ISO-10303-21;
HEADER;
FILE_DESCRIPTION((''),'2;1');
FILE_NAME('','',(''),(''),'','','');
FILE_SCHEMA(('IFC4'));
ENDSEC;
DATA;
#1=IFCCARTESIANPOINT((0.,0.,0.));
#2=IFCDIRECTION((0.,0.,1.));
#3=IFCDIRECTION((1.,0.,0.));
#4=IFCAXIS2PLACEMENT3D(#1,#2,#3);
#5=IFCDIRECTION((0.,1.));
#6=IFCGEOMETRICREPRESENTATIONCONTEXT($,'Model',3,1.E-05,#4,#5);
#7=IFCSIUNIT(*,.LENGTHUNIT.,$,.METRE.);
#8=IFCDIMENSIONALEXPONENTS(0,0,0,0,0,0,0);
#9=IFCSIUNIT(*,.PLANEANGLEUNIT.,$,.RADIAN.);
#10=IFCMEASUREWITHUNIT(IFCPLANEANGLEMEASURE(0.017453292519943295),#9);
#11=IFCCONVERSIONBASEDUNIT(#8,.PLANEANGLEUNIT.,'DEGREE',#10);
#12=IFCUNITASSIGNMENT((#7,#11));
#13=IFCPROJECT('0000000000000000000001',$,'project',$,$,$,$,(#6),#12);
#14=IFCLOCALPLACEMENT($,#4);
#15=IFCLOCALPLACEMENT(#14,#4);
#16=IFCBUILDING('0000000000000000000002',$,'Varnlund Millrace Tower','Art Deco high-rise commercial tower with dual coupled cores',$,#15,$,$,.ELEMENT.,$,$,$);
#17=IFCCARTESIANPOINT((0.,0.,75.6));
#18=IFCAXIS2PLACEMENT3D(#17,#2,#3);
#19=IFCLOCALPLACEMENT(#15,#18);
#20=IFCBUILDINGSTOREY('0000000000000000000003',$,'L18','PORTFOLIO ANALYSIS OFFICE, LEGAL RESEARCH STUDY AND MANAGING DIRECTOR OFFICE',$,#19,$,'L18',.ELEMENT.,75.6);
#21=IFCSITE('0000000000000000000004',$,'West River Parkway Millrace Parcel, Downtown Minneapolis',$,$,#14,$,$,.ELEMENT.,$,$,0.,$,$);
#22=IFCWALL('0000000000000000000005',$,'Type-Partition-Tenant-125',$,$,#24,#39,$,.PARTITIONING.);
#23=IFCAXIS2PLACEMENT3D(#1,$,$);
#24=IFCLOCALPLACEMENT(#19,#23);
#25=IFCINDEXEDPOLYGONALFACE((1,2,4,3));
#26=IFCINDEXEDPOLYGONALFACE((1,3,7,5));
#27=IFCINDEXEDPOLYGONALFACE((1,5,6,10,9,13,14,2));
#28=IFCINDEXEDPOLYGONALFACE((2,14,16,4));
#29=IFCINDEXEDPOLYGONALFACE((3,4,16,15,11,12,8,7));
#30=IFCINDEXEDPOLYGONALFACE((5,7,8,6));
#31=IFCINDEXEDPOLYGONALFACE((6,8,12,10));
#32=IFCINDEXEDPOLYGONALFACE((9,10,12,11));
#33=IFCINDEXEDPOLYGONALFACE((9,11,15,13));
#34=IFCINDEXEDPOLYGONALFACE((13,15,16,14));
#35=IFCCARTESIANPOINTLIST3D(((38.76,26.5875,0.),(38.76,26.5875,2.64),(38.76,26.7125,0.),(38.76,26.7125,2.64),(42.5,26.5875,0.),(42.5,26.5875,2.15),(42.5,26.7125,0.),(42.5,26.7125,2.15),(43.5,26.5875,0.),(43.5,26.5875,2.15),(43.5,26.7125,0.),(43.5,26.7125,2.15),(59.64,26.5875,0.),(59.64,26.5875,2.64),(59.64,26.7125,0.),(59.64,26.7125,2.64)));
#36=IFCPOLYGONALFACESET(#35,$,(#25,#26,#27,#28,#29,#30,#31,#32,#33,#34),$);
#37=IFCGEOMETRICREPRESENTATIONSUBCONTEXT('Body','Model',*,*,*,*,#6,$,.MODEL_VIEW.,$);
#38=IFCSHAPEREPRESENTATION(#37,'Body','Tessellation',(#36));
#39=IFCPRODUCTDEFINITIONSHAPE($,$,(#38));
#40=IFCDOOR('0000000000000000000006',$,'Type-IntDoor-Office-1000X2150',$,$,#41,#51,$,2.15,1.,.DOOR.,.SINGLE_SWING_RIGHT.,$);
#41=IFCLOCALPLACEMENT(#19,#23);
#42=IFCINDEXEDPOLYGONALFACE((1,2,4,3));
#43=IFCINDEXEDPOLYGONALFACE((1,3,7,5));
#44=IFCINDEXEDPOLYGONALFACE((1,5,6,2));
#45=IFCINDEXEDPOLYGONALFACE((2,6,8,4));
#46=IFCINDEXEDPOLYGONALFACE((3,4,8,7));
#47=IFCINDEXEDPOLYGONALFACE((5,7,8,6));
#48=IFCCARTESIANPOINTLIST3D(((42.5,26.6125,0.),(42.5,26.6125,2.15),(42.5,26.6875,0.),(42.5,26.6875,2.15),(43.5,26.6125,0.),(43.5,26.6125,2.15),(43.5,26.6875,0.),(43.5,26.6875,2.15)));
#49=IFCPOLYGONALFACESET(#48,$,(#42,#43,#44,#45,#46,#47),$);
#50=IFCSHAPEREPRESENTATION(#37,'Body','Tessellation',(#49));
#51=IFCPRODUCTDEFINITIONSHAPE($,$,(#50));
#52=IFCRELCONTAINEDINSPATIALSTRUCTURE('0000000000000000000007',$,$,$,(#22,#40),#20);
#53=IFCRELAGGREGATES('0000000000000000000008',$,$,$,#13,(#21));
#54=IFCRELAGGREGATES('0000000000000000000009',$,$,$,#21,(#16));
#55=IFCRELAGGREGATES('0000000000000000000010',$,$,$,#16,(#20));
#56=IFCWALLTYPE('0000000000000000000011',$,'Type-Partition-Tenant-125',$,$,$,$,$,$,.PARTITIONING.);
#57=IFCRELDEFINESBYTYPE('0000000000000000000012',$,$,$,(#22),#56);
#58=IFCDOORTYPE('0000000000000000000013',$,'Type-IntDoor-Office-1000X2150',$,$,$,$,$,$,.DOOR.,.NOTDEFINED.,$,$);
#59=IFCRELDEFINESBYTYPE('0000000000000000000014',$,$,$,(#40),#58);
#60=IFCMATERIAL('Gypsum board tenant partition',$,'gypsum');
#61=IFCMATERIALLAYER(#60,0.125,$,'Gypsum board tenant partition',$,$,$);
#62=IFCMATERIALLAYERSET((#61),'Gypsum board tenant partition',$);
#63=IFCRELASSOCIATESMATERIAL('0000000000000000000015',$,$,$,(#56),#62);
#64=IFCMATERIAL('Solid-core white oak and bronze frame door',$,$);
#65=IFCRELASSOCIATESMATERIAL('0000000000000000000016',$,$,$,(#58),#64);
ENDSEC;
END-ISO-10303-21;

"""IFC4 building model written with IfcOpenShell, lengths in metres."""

from ifc_helpers import new_model, entity, si_unit, converted_unit, direction, frame, origin_with_axes, origin_2d_with_axis, place, context, subcontext, project, spatial, polyline, rectangle, outline, extrude, material, layer, layer_set, type_object, element, fill, save


model = new_model("IFC4")

# Units and contexts
model_context = context("Model", 3, precision=1e-05, world=origin_with_axes(), true_north=direction((0.0, 1.0)))
body_context = subcontext(model_context, "Body", "Model", "MODEL_VIEW")
ifc_project = project(units=[si_unit("LENGTHUNIT", "METRE"), converted_unit("PLANEANGLEUNIT", "DEGREE", entity("IfcPlaneAngleMeasure", 0.017453292519943295), si_unit("PLANEANGLEUNIT", "RADIAN"), dimensions=[0, 0, 0, 0, 0, 0, 0])], contexts=[model_context])

# Site, building, storey
site_placement = place(None, origin_with_axes())
site = spatial("IfcSite", under=ifc_project, at=site_placement, Name="West River Parkway Millrace Parcel, Downtown Minneapolis", CompositionType="ELEMENT", RefElevation=0.0)
building_placement = place(site_placement, origin_with_axes())
building = spatial("IfcBuilding", under=site, at=building_placement, Name="Varnlund Millrace Tower", Description="Art Deco high-rise commercial tower with dual coupled cores", CompositionType="ELEMENT")
storey_placement = place(building_placement, frame((0.0, 0.0, 75.6), z_axis=(0.0, 0.0, 1.0), x_axis=(1.0, 0.0, 0.0)))
storey = spatial("IfcBuildingStorey", under=building, at=storey_placement, Name="L18", Description="PORTFOLIO ANALYSIS OFFICE, LEGAL RESEARCH STUDY AND MANAGING DIRECTOR OFFICE", LongName="L18", CompositionType="ELEMENT", Elevation=75.6)

# Shared definitions
ifc_material_1 = material(Name="Gypsum board tenant partition", Category="gypsum")
ifc_layer_1 = layer(ifc_material_1, 0.125, Name="Gypsum board tenant partition")
ifc_layer_set_1 = layer_set([ifc_layer_1], Name="Gypsum board tenant partition")
wall_type_1 = type_object("IfcWallType", Name="Type-Partition-Tenant-125", PredefinedType="PARTITIONING", material=ifc_layer_set_1)

# Wall, opening, door
wall_1_placement = place(storey_placement, frame((38.76, 26.65, 0.0), z_axis=(0.0, 0.0, 1.0), x_axis=(1.0, 0.0, 0.0)))
wall_1 = element("IfcWall", 1, at=wall_1_placement, inside=storey, type_object=wall_type_1, Name="Type-Partition-Tenant-125", PredefinedType="PARTITIONING", context=body_context, shape_type="SweptSolid", body=[
    extrude(outline(polyline([(0.0, -0.0625), (20.88, -0.0625), (20.88, 0.0625), (0.0, 0.0625), (0.0, -0.0625)])), origin_with_axes(), (0.0, 0.0, 1.0), 2.64),
])
opening_1_placement = place(wall_1_placement, frame((4.24, 0.0, 0.0), z_axis=(0.0, 0.0, 1.0), x_axis=(1.0, 0.0, 0.0)))
opening_1 = element("IfcOpeningElement", 2, at=opening_1_placement, cuts=wall_1, PredefinedType="OPENING", context=body_context, shape_type="SweptSolid", body=[
    extrude(rectangle(XDim=1.0, YDim=0.145, at=origin_2d_with_axis()), origin_with_axes(), (0.0, 0.0, 1.0), 2.15),
])
ifc_material_2 = material(Name="Solid-core white oak and bronze frame door")
door_type = type_object("IfcDoorType", Name="Type-IntDoor-Office-1000X2150", OperationType="NOTDEFINED", PredefinedType="DOOR", material=ifc_material_2)
door_placement = place(wall_1_placement, frame((4.24, 0.0, 0.0), z_axis=(0.0, 0.0, 1.0), x_axis=(1.0, 0.0, 0.0)))
door = element("IfcDoor", 3, at=door_placement, inside=storey, type_object=door_type, Name="Type-IntDoor-Office-1000X2150", OperationType="SINGLE_SWING_RIGHT", OverallHeight=2.15, OverallWidth=1.0, PredefinedType="DOOR", context=body_context, shape_type="SweptSolid", body=[
    extrude(rectangle(XDim=1.0, YDim=0.075, at=origin_2d_with_axis()), origin_with_axes(), (0.0, 0.0, 1.0), 2.15),
])
fill(opening_1, door)

save(model, "model.ifc")
